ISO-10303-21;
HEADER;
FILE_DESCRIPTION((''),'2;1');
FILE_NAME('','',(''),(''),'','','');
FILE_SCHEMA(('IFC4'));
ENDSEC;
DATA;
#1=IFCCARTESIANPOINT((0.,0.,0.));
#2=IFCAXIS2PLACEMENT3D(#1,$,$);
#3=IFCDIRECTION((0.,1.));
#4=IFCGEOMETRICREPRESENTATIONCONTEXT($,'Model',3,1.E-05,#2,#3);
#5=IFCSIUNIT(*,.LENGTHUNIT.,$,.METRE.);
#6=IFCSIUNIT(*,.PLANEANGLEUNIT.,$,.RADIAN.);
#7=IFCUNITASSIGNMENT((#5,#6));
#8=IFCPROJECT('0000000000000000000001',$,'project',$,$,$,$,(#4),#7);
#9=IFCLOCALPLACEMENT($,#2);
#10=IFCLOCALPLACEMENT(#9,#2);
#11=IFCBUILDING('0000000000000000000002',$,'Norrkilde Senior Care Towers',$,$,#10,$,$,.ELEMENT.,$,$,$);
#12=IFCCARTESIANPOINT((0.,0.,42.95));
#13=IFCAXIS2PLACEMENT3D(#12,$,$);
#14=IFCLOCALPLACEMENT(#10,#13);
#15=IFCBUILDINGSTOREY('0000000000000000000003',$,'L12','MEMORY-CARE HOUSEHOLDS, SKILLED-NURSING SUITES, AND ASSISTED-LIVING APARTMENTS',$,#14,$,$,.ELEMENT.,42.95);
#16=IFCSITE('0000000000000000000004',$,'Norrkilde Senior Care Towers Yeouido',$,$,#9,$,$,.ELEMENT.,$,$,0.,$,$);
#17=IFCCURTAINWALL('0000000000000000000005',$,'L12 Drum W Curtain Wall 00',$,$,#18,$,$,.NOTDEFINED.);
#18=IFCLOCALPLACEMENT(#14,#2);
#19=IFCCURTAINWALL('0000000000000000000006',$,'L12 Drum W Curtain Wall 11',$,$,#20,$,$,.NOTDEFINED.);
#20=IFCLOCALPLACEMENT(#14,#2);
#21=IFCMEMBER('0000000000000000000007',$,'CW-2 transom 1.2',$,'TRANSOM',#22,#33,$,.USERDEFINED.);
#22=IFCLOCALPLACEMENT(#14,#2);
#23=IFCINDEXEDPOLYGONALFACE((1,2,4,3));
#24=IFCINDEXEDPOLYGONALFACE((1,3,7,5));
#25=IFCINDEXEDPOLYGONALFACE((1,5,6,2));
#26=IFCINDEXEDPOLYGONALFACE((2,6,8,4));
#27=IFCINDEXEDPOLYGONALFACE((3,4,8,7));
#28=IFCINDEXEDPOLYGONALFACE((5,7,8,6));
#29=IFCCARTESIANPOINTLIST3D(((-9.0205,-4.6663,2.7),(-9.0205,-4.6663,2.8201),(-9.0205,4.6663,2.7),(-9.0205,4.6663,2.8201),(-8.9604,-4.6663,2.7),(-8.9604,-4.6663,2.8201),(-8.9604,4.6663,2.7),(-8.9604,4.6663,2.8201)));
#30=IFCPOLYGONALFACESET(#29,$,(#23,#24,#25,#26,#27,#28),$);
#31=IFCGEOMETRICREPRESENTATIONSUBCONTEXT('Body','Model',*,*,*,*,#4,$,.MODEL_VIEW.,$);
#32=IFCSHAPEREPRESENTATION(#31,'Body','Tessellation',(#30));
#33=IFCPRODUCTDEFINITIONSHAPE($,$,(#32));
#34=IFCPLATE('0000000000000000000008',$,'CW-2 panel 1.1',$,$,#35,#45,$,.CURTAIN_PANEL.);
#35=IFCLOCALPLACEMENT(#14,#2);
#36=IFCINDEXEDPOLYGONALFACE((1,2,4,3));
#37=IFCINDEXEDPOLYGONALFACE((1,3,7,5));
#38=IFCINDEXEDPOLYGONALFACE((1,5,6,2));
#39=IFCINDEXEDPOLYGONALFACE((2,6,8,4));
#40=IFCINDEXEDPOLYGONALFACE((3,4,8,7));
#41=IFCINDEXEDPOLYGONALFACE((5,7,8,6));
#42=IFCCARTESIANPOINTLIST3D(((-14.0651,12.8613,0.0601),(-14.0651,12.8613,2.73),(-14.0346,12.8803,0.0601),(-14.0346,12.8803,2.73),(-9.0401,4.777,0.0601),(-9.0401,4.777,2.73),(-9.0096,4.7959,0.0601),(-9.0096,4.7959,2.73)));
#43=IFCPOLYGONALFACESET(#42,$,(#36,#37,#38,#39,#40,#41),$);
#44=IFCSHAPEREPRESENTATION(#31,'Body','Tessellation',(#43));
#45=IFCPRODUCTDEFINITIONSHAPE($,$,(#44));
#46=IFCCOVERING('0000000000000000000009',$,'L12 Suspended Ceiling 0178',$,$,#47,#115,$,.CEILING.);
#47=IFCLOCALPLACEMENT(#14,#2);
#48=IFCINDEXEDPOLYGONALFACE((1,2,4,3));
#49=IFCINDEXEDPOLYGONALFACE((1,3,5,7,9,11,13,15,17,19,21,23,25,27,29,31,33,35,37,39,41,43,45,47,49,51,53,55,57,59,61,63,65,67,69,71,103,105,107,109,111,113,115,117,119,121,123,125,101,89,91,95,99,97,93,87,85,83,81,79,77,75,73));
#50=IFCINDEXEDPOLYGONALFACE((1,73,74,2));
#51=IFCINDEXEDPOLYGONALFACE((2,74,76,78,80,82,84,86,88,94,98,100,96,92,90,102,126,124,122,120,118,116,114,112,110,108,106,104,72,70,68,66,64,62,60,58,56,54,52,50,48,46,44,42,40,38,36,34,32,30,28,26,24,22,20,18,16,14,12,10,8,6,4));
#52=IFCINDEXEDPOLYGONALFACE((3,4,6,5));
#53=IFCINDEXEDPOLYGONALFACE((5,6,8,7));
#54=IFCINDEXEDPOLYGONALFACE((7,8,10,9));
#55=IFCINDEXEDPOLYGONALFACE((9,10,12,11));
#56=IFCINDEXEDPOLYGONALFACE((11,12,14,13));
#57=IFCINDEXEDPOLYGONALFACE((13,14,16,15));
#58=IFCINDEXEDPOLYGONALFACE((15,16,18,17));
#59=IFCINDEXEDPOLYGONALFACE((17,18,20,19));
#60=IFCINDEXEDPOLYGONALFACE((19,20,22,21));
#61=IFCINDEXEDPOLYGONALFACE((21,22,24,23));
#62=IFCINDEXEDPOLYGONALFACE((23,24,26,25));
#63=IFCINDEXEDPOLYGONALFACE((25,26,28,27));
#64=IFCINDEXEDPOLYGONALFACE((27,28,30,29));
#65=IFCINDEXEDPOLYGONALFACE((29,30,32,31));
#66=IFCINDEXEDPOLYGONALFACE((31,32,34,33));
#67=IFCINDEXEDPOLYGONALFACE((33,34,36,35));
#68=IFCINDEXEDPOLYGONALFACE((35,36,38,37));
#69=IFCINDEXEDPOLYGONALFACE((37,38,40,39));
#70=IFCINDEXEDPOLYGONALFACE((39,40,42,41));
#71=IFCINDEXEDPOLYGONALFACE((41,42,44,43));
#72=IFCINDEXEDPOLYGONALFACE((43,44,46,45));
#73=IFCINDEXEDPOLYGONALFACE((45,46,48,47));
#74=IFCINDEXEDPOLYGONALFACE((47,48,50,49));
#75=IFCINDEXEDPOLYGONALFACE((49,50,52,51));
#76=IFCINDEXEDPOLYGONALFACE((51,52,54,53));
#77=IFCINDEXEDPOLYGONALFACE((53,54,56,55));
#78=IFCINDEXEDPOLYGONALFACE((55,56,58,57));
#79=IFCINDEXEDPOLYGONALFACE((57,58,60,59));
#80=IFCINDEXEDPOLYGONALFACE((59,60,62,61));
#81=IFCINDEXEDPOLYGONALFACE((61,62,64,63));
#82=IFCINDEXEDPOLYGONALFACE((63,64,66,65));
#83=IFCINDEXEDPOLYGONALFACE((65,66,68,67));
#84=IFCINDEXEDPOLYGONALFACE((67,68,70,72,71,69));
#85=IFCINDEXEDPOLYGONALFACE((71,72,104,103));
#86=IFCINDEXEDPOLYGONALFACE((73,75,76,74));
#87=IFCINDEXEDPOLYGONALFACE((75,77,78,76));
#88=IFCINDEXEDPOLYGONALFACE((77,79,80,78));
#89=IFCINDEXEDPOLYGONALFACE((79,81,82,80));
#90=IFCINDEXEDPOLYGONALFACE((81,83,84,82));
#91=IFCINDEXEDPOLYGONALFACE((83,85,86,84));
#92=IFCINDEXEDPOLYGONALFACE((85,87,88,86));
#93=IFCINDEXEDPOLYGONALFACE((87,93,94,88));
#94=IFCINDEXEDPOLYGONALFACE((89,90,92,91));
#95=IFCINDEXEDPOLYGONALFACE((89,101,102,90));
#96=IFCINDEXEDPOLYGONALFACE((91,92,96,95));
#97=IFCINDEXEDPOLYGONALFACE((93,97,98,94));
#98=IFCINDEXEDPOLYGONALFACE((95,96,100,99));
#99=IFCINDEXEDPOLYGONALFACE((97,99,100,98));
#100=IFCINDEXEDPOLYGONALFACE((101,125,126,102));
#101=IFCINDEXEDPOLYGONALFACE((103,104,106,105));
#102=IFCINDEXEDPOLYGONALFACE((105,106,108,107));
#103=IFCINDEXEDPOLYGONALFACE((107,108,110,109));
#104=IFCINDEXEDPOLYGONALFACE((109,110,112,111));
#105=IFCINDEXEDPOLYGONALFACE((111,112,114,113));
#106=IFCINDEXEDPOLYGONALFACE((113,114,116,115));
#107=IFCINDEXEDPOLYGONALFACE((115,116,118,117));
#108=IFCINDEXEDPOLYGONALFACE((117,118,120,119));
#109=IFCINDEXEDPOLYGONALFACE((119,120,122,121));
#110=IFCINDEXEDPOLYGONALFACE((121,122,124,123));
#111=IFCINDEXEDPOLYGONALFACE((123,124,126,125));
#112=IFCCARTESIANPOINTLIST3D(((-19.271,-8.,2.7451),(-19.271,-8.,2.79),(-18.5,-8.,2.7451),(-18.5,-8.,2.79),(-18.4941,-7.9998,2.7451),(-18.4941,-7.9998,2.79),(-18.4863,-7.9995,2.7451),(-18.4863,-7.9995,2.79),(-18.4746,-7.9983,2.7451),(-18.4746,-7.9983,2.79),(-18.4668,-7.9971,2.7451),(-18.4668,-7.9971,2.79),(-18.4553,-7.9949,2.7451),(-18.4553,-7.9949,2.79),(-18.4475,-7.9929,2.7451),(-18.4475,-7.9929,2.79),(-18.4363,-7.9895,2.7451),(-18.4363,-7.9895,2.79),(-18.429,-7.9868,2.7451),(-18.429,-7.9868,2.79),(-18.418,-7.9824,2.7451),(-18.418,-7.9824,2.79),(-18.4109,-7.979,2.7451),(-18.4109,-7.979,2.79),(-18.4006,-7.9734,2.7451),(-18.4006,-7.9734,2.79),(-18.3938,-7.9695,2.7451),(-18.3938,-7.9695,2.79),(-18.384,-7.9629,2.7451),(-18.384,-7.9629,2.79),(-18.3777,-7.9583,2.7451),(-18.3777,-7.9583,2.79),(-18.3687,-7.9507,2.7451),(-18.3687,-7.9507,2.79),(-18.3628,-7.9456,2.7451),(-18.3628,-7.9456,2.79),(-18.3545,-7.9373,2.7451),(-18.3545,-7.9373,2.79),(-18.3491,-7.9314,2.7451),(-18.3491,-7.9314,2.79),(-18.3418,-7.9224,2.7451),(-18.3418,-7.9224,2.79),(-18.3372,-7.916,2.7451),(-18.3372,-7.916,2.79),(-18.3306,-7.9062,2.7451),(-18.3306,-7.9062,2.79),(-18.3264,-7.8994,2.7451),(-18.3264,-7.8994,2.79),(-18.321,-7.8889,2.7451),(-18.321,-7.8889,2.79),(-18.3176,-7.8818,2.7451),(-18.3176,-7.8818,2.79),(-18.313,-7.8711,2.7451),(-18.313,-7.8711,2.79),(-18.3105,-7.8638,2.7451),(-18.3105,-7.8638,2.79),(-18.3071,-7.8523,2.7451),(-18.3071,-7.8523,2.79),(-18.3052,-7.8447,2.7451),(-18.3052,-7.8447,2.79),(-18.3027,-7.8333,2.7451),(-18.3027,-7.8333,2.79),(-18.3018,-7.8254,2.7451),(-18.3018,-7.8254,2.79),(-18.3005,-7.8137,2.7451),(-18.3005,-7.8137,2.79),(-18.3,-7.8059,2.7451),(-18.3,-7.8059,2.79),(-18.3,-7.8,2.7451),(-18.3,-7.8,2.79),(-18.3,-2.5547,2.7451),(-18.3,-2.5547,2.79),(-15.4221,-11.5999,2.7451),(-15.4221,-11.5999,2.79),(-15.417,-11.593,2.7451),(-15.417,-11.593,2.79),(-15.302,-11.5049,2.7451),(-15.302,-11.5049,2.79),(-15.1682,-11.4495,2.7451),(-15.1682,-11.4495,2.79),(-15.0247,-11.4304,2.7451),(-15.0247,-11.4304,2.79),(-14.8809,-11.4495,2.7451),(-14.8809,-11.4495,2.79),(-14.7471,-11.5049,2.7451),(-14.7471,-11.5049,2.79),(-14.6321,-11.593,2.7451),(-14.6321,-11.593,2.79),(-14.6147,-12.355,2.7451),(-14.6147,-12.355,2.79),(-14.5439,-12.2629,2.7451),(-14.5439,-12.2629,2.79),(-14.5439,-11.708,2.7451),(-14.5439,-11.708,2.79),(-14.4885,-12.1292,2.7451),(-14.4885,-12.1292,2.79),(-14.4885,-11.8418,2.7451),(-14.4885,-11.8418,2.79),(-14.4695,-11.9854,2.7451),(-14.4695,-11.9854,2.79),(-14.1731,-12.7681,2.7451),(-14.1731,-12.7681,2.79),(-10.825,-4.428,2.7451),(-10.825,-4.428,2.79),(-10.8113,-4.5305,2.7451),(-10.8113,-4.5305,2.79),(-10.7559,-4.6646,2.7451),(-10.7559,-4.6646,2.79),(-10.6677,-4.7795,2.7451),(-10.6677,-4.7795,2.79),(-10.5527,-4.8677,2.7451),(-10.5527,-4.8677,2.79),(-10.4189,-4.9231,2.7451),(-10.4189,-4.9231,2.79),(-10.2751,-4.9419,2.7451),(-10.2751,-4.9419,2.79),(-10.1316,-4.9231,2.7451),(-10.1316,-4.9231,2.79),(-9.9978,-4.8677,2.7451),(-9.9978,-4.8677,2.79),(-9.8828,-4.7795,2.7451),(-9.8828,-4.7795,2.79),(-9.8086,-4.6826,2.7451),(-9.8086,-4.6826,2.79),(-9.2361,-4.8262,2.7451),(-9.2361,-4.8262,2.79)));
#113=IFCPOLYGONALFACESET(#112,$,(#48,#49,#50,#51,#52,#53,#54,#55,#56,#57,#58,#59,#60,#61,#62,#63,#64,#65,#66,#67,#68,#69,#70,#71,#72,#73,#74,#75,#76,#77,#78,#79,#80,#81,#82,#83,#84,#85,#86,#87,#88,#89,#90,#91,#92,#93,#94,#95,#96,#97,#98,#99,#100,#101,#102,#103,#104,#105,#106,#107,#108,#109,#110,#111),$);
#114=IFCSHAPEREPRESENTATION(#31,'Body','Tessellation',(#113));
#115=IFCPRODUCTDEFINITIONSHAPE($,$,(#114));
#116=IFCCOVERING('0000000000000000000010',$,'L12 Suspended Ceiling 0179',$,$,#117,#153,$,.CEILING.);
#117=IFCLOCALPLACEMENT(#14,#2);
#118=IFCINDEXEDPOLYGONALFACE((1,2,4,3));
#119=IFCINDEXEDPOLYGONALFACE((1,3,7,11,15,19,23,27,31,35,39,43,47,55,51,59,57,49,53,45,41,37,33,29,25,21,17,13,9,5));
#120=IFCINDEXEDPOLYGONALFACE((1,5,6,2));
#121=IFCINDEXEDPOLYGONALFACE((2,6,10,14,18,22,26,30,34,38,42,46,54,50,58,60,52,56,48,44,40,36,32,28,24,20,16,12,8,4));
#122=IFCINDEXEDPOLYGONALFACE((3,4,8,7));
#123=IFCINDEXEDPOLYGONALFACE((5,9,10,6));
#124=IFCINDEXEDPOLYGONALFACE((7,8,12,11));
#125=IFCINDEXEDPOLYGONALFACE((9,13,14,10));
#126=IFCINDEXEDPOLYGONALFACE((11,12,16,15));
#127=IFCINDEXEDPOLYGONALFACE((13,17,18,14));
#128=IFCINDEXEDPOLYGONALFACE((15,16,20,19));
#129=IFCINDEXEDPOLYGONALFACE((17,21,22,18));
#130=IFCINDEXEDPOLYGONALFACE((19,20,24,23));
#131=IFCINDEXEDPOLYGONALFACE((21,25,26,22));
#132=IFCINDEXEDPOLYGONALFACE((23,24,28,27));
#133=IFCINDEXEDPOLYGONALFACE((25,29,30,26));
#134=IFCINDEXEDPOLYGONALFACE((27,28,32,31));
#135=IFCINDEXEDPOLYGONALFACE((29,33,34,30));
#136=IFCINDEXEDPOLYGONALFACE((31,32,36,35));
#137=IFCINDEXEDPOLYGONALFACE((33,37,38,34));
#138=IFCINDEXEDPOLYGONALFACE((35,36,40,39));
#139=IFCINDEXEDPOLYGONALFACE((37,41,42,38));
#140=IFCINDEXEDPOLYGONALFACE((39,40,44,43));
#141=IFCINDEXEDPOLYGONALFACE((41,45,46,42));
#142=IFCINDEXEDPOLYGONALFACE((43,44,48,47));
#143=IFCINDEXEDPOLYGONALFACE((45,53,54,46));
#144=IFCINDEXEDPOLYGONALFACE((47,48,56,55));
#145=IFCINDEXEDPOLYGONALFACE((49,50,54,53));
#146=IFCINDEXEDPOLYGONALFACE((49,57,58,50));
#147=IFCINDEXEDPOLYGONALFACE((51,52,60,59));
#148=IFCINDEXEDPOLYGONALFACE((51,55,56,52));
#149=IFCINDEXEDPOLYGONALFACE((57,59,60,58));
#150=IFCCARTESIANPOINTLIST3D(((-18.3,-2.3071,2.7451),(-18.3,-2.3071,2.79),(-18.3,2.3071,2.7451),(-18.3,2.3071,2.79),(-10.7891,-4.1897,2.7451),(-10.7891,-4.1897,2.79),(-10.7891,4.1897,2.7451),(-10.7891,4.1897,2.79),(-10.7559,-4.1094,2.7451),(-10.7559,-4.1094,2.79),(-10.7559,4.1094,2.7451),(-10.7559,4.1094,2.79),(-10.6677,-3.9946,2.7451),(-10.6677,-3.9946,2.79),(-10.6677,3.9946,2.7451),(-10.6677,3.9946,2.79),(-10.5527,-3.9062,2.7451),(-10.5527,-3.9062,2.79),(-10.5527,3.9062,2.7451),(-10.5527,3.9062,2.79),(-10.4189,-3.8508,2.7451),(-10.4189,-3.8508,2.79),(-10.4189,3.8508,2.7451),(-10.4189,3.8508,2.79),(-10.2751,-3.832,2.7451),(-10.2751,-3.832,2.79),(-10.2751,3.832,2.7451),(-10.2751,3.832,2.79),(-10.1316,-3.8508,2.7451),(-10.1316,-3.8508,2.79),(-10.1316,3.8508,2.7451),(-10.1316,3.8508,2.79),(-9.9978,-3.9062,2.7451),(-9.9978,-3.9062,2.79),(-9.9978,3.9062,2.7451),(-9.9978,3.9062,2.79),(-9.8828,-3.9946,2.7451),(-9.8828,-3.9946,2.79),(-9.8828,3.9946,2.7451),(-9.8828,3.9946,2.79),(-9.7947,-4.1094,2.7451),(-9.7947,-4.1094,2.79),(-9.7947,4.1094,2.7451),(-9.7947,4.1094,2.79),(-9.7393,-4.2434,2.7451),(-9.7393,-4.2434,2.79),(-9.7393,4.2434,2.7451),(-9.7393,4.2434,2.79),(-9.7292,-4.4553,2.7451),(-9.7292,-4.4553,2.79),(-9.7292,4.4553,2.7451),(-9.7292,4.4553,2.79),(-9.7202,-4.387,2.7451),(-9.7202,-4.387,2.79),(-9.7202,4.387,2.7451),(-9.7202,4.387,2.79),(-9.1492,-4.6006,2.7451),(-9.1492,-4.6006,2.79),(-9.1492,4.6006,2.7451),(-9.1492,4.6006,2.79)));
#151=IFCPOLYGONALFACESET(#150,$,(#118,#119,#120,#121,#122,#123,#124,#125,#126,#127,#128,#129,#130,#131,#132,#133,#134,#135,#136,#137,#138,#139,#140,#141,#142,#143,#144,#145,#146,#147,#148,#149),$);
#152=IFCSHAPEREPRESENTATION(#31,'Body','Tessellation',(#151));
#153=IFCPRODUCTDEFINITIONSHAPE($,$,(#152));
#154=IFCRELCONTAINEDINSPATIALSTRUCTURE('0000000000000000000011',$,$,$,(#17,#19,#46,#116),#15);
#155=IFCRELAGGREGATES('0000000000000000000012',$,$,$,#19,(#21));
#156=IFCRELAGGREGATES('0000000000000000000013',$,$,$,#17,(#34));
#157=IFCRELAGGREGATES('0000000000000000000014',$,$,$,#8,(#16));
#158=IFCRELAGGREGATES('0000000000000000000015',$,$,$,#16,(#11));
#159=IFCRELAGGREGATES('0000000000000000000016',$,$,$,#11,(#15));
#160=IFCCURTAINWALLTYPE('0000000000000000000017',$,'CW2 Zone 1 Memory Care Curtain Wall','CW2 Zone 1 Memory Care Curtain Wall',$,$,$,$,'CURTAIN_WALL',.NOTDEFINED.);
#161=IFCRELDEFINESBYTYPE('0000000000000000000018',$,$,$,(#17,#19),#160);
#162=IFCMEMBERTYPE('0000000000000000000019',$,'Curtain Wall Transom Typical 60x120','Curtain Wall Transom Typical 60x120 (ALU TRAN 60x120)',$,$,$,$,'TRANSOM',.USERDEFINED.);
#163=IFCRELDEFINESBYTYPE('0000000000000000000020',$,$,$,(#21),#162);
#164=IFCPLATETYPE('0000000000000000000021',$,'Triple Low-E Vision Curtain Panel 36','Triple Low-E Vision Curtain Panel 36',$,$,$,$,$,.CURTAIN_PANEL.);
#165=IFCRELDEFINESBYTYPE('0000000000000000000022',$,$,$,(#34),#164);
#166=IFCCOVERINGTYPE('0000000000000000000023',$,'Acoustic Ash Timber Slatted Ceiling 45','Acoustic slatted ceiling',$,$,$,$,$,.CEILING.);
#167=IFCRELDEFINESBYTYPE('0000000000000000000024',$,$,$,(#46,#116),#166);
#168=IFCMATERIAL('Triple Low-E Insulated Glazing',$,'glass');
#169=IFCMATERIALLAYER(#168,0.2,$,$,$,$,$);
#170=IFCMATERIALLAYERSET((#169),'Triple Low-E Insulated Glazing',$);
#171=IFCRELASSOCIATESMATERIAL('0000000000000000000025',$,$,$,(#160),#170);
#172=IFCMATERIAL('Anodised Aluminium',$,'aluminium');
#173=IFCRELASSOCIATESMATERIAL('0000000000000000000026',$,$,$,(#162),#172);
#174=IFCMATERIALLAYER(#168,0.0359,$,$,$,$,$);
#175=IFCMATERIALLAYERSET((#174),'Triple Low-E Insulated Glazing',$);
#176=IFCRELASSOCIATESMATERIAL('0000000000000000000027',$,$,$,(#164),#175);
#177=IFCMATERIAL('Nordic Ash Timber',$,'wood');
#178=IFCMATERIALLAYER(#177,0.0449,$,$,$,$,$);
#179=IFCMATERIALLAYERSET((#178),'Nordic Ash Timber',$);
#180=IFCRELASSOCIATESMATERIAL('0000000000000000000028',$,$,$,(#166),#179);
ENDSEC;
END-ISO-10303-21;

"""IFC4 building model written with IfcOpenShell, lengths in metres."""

from ifc_helpers import new_model, si_unit, direction, frame, origin, origin_2d, place, context, subcontext, project, spatial, polyline, rectangle, outline, extrude, source, transform, mapped, material, layer, layer_set, material_profile, profile_set, type_object, type_shapes, element, aggregate, save


model = new_model("IFC4")

# Units and contexts
model_context = context("Model", 3, precision=1e-05, world=origin(), true_north=direction((0.0, 1.0)))
body_context = subcontext(model_context, "Body", "Model", "MODEL_VIEW")
ifc_project = project(units=[si_unit("LENGTHUNIT", "METRE"), si_unit("PLANEANGLEUNIT", "RADIAN")], contexts=[model_context])

# Site, building, storey
site_placement = place(None, origin())
site = spatial("IfcSite", under=ifc_project, at=site_placement, Name="Norrkilde Senior Care Towers Yeouido", CompositionType="ELEMENT", RefElevation=0.0)
building_placement = place(site_placement, origin())
building = spatial("IfcBuilding", under=site, at=building_placement, Name="Norrkilde Senior Care Towers", CompositionType="ELEMENT")
storey_placement = place(building_placement, frame((0.0, 0.0, 42.95)))
storey = spatial("IfcBuildingStorey", under=building, at=storey_placement, Name="L12", Description="MEMORY-CARE HOUSEHOLDS, SKILLED-NURSING SUITES, AND ASSISTED-LIVING APARTMENTS", CompositionType="ELEMENT", Elevation=42.95)

# Curtain wall
ifc_material_1 = material(Name="Triple Low-E Insulated Glazing", Category="glass")
ifc_layer_1 = layer(ifc_material_1, 0.2)
ifc_layer_set_1 = layer_set([ifc_layer_1], Name="Triple Low-E Insulated Glazing")
curtain_wall_type = type_object("IfcCurtainWallType", Name="CW2 Zone 1 Memory Care Curtain Wall", Description="CW2 Zone 1 Memory Care Curtain Wall", ElementType="CURTAIN_WALL", PredefinedType="NOTDEFINED", material=ifc_layer_set_1)
curtain_wall_1_placement = place(storey_placement, origin())
curtain_wall_1 = element("IfcCurtainWall", 1, at=curtain_wall_1_placement, inside=storey, type_object=curtain_wall_type, Name="L12 Drum W Curtain Wall 00", PredefinedType="NOTDEFINED")
ifc_material_2 = material(Name="Anodised Aluminium", Category="aluminium")

# Curtain wall
curtain_wall_2_placement = place(storey_placement, origin())
curtain_wall_2 = element("IfcCurtainWall", 2, at=curtain_wall_2_placement, inside=storey, type_object=curtain_wall_type, Name="L12 Drum W Curtain Wall 11", PredefinedType="NOTDEFINED")

# Member
ifc_material_profile_1 = material_profile(ifc_material_2, rectangle(XDim=0.0601, YDim=0.1201, at=origin_2d()), Name="ALU TRAN 60x120")
ifc_profile_set_1 = profile_set([ifc_material_profile_1], Name="Anodised Aluminium")
member_type_1 = type_object("IfcMemberType", Name="Curtain Wall Transom Typical 60x120", Description="Curtain Wall Transom Typical 60x120 (ALU TRAN 60x120)", ElementType="TRANSOM", PredefinedType="USERDEFINED", material=ifc_profile_set_1)
shared_shape_1 = source(origin(), body_context, "Body", "SweptSolid", [
    extrude(rectangle(XDim=0.0601, YDim=0.1201, at=origin_2d()), origin(), (0.0, 0.0, 1.0), 9.3325),
])
member_1_placement = place(storey_placement, frame((-8.9905, 4.6663, 2.76), z_axis=(0.0, -1.0, 0.0), x_axis=(1.0, 0.0, 0.0)))
member_1 = element("IfcMember", 3, at=member_1_placement, type_object=member_type_1, Name="CW-2 transom 1.2", ObjectType="TRANSOM", PredefinedType="USERDEFINED", context=body_context, shape_type="MappedRepresentation", body=[
    mapped(shared_shape_1, transform((0.0, 0.0, 0.0), x_axis=(1.0, 0.0, 0.0), y_axis=(0.0, 1.0, 0.0), z_axis=(0.0, 0.0, 1.0), scale=1.0)),
])
aggregate(curtain_wall_2, [member_1])

# Plate
ifc_layer_2 = layer(ifc_material_1, 0.0359)
ifc_layer_set_2 = layer_set([ifc_layer_2], Name="Triple Low-E Insulated Glazing")
plate_type = type_object("IfcPlateType", Name="Triple Low-E Vision Curtain Panel 36", Description="Triple Low-E Vision Curtain Panel 36", PredefinedType="CURTAIN_PANEL", material=ifc_layer_set_2)
shared_shape_2 = source(origin(), body_context, "Body", "SweptSolid", [
    extrude(rectangle(XDim=9.5188, YDim=0.0359, at=origin_2d()), origin(), (0.0, 0.0, 1.0), 2.6699),
])
type_shapes(plate_type, [shared_shape_2])
plate_placement = place(storey_placement, frame((-11.5374, 8.8286, 0.0601), z_axis=(0.0, 0.0, 1.0), x_axis=(0.527901, -0.849306, 0.0)))
plate = element("IfcPlate", 4, at=plate_placement, type_object=plate_type, Name="CW-2 panel 1.1", PredefinedType="CURTAIN_PANEL", context=body_context, shape_type="MappedRepresentation", body=[
    mapped(shared_shape_2, transform((0.0, 0.0, 0.0), x_axis=(1.0, 0.0, 0.0), y_axis=(0.0, 1.0, 0.0), z_axis=(0.0, 0.0, 1.0), scale=1.0)),
])
aggregate(curtain_wall_1, [plate])

# Coverings
ifc_material_3 = material(Name="Nordic Ash Timber", Category="wood")
ifc_layer_3 = layer(ifc_material_3, 0.0449)
ifc_layer_set_3 = layer_set([ifc_layer_3], Name="Nordic Ash Timber")
covering_type_1 = type_object("IfcCoveringType", Name="Acoustic Ash Timber Slatted Ceiling 45", Description="Acoustic slatted ceiling", PredefinedType="CEILING", material=ifc_layer_set_3)
covering_1_placement = place(storey_placement, frame((0.0, 0.0, 2.7451)))
element("IfcCovering", 5, at=covering_1_placement, inside=storey, type_object=covering_type_1, Name="L12 Suspended Ceiling 0178", PredefinedType="CEILING", context=body_context, shape_type="SweptSolid", body=[
    extrude(outline(polyline([(-18.4475, -7.9929), (-18.4363, -7.9895), (-18.429, -7.9868), (-18.418, -7.9824), (-18.4109, -7.979), (-18.4006, -7.9734), (-18.3938, -7.9695), (-18.384, -7.9629), (-18.3777, -7.9583), (-18.3687, -7.9507), (-18.3628, -7.9456), (-18.3545, -7.9373), (-18.3491, -7.9314), (-18.3418, -7.9224), (-18.3372, -7.916), (-18.3306, -7.9062), (-18.3264, -7.8994), (-18.321, -7.8889), (-18.3176, -7.8818), (-18.313, -7.8711), (-18.3105, -7.8638), (-18.3071, -7.8523), (-18.3052, -7.8447), (-18.3027, -7.8333), (-18.3018, -7.8254), (-18.3005, -7.8137), (-18.3, -7.8059), (-18.3, -7.8), (-18.3, -2.5547), (-10.825, -4.428), (-10.8113, -4.5305), (-10.7559, -4.6646), (-10.6677, -4.7795), (-10.5527, -4.8677), (-10.4189, -4.9231), (-10.2751, -4.9419), (-10.1316, -4.9231), (-9.9978, -4.8677), (-9.8828, -4.7795), (-9.8086, -4.6826), (-9.2361, -4.8262), (-14.1731, -12.7681), (-14.6147, -12.355), (-14.5439, -12.2629), (-14.4885, -12.1292), (-14.4695, -11.9854), (-14.4885, -11.8418), (-14.5439, -11.708), (-14.6321, -11.593), (-14.7471, -11.5049), (-14.8809, -11.4495), (-15.0247, -11.4304), (-15.1682, -11.4495), (-15.302, -11.5049), (-15.417, -11.593), (-15.4221, -11.5999), (-19.271, -8.0), (-18.5, -8.0), (-18.4941, -7.9998), (-18.4863, -7.9995), (-18.4746, -7.9983), (-18.4668, -7.9971), (-18.4553, -7.9949), (-18.4475, -7.9929)])), origin(), (0.0, 0.0, 1.0), 0.0449),
])
covering_2_placement = place(storey_placement, frame((0.0, 0.0, 2.7451)))
element("IfcCovering", 6, at=covering_2_placement, inside=storey, type_object=covering_type_1, Name="L12 Suspended Ceiling 0179", PredefinedType="CEILING", context=body_context, shape_type="SweptSolid", body=[
    extrude(outline(polyline([(-10.7559, 4.1094), (-10.6677, 3.9946), (-10.5527, 3.9062), (-10.4189, 3.8508), (-10.2751, 3.832), (-10.1316, 3.8508), (-9.9978, 3.9062), (-9.8828, 3.9946), (-9.7947, 4.1094), (-9.7393, 4.2434), (-9.7202, 4.387), (-9.7292, 4.4553), (-9.1492, 4.6006), (-9.1492, -4.6006), (-9.7292, -4.4553), (-9.7202, -4.387), (-9.7393, -4.2434), (-9.7947, -4.1094), (-9.8828, -3.9946), (-9.9978, -3.9062), (-10.1316, -3.8508), (-10.2751, -3.832), (-10.4189, -3.8508), (-10.5527, -3.9062), (-10.6677, -3.9946), (-10.7559, -4.1094), (-10.7891, -4.1897), (-18.3, -2.3071), (-18.3, 2.3071), (-10.7891, 4.1897), (-10.7559, 4.1094)])), origin(), (0.0, 0.0, 1.0), 0.0449),
])

save(model, "model.ifc")
